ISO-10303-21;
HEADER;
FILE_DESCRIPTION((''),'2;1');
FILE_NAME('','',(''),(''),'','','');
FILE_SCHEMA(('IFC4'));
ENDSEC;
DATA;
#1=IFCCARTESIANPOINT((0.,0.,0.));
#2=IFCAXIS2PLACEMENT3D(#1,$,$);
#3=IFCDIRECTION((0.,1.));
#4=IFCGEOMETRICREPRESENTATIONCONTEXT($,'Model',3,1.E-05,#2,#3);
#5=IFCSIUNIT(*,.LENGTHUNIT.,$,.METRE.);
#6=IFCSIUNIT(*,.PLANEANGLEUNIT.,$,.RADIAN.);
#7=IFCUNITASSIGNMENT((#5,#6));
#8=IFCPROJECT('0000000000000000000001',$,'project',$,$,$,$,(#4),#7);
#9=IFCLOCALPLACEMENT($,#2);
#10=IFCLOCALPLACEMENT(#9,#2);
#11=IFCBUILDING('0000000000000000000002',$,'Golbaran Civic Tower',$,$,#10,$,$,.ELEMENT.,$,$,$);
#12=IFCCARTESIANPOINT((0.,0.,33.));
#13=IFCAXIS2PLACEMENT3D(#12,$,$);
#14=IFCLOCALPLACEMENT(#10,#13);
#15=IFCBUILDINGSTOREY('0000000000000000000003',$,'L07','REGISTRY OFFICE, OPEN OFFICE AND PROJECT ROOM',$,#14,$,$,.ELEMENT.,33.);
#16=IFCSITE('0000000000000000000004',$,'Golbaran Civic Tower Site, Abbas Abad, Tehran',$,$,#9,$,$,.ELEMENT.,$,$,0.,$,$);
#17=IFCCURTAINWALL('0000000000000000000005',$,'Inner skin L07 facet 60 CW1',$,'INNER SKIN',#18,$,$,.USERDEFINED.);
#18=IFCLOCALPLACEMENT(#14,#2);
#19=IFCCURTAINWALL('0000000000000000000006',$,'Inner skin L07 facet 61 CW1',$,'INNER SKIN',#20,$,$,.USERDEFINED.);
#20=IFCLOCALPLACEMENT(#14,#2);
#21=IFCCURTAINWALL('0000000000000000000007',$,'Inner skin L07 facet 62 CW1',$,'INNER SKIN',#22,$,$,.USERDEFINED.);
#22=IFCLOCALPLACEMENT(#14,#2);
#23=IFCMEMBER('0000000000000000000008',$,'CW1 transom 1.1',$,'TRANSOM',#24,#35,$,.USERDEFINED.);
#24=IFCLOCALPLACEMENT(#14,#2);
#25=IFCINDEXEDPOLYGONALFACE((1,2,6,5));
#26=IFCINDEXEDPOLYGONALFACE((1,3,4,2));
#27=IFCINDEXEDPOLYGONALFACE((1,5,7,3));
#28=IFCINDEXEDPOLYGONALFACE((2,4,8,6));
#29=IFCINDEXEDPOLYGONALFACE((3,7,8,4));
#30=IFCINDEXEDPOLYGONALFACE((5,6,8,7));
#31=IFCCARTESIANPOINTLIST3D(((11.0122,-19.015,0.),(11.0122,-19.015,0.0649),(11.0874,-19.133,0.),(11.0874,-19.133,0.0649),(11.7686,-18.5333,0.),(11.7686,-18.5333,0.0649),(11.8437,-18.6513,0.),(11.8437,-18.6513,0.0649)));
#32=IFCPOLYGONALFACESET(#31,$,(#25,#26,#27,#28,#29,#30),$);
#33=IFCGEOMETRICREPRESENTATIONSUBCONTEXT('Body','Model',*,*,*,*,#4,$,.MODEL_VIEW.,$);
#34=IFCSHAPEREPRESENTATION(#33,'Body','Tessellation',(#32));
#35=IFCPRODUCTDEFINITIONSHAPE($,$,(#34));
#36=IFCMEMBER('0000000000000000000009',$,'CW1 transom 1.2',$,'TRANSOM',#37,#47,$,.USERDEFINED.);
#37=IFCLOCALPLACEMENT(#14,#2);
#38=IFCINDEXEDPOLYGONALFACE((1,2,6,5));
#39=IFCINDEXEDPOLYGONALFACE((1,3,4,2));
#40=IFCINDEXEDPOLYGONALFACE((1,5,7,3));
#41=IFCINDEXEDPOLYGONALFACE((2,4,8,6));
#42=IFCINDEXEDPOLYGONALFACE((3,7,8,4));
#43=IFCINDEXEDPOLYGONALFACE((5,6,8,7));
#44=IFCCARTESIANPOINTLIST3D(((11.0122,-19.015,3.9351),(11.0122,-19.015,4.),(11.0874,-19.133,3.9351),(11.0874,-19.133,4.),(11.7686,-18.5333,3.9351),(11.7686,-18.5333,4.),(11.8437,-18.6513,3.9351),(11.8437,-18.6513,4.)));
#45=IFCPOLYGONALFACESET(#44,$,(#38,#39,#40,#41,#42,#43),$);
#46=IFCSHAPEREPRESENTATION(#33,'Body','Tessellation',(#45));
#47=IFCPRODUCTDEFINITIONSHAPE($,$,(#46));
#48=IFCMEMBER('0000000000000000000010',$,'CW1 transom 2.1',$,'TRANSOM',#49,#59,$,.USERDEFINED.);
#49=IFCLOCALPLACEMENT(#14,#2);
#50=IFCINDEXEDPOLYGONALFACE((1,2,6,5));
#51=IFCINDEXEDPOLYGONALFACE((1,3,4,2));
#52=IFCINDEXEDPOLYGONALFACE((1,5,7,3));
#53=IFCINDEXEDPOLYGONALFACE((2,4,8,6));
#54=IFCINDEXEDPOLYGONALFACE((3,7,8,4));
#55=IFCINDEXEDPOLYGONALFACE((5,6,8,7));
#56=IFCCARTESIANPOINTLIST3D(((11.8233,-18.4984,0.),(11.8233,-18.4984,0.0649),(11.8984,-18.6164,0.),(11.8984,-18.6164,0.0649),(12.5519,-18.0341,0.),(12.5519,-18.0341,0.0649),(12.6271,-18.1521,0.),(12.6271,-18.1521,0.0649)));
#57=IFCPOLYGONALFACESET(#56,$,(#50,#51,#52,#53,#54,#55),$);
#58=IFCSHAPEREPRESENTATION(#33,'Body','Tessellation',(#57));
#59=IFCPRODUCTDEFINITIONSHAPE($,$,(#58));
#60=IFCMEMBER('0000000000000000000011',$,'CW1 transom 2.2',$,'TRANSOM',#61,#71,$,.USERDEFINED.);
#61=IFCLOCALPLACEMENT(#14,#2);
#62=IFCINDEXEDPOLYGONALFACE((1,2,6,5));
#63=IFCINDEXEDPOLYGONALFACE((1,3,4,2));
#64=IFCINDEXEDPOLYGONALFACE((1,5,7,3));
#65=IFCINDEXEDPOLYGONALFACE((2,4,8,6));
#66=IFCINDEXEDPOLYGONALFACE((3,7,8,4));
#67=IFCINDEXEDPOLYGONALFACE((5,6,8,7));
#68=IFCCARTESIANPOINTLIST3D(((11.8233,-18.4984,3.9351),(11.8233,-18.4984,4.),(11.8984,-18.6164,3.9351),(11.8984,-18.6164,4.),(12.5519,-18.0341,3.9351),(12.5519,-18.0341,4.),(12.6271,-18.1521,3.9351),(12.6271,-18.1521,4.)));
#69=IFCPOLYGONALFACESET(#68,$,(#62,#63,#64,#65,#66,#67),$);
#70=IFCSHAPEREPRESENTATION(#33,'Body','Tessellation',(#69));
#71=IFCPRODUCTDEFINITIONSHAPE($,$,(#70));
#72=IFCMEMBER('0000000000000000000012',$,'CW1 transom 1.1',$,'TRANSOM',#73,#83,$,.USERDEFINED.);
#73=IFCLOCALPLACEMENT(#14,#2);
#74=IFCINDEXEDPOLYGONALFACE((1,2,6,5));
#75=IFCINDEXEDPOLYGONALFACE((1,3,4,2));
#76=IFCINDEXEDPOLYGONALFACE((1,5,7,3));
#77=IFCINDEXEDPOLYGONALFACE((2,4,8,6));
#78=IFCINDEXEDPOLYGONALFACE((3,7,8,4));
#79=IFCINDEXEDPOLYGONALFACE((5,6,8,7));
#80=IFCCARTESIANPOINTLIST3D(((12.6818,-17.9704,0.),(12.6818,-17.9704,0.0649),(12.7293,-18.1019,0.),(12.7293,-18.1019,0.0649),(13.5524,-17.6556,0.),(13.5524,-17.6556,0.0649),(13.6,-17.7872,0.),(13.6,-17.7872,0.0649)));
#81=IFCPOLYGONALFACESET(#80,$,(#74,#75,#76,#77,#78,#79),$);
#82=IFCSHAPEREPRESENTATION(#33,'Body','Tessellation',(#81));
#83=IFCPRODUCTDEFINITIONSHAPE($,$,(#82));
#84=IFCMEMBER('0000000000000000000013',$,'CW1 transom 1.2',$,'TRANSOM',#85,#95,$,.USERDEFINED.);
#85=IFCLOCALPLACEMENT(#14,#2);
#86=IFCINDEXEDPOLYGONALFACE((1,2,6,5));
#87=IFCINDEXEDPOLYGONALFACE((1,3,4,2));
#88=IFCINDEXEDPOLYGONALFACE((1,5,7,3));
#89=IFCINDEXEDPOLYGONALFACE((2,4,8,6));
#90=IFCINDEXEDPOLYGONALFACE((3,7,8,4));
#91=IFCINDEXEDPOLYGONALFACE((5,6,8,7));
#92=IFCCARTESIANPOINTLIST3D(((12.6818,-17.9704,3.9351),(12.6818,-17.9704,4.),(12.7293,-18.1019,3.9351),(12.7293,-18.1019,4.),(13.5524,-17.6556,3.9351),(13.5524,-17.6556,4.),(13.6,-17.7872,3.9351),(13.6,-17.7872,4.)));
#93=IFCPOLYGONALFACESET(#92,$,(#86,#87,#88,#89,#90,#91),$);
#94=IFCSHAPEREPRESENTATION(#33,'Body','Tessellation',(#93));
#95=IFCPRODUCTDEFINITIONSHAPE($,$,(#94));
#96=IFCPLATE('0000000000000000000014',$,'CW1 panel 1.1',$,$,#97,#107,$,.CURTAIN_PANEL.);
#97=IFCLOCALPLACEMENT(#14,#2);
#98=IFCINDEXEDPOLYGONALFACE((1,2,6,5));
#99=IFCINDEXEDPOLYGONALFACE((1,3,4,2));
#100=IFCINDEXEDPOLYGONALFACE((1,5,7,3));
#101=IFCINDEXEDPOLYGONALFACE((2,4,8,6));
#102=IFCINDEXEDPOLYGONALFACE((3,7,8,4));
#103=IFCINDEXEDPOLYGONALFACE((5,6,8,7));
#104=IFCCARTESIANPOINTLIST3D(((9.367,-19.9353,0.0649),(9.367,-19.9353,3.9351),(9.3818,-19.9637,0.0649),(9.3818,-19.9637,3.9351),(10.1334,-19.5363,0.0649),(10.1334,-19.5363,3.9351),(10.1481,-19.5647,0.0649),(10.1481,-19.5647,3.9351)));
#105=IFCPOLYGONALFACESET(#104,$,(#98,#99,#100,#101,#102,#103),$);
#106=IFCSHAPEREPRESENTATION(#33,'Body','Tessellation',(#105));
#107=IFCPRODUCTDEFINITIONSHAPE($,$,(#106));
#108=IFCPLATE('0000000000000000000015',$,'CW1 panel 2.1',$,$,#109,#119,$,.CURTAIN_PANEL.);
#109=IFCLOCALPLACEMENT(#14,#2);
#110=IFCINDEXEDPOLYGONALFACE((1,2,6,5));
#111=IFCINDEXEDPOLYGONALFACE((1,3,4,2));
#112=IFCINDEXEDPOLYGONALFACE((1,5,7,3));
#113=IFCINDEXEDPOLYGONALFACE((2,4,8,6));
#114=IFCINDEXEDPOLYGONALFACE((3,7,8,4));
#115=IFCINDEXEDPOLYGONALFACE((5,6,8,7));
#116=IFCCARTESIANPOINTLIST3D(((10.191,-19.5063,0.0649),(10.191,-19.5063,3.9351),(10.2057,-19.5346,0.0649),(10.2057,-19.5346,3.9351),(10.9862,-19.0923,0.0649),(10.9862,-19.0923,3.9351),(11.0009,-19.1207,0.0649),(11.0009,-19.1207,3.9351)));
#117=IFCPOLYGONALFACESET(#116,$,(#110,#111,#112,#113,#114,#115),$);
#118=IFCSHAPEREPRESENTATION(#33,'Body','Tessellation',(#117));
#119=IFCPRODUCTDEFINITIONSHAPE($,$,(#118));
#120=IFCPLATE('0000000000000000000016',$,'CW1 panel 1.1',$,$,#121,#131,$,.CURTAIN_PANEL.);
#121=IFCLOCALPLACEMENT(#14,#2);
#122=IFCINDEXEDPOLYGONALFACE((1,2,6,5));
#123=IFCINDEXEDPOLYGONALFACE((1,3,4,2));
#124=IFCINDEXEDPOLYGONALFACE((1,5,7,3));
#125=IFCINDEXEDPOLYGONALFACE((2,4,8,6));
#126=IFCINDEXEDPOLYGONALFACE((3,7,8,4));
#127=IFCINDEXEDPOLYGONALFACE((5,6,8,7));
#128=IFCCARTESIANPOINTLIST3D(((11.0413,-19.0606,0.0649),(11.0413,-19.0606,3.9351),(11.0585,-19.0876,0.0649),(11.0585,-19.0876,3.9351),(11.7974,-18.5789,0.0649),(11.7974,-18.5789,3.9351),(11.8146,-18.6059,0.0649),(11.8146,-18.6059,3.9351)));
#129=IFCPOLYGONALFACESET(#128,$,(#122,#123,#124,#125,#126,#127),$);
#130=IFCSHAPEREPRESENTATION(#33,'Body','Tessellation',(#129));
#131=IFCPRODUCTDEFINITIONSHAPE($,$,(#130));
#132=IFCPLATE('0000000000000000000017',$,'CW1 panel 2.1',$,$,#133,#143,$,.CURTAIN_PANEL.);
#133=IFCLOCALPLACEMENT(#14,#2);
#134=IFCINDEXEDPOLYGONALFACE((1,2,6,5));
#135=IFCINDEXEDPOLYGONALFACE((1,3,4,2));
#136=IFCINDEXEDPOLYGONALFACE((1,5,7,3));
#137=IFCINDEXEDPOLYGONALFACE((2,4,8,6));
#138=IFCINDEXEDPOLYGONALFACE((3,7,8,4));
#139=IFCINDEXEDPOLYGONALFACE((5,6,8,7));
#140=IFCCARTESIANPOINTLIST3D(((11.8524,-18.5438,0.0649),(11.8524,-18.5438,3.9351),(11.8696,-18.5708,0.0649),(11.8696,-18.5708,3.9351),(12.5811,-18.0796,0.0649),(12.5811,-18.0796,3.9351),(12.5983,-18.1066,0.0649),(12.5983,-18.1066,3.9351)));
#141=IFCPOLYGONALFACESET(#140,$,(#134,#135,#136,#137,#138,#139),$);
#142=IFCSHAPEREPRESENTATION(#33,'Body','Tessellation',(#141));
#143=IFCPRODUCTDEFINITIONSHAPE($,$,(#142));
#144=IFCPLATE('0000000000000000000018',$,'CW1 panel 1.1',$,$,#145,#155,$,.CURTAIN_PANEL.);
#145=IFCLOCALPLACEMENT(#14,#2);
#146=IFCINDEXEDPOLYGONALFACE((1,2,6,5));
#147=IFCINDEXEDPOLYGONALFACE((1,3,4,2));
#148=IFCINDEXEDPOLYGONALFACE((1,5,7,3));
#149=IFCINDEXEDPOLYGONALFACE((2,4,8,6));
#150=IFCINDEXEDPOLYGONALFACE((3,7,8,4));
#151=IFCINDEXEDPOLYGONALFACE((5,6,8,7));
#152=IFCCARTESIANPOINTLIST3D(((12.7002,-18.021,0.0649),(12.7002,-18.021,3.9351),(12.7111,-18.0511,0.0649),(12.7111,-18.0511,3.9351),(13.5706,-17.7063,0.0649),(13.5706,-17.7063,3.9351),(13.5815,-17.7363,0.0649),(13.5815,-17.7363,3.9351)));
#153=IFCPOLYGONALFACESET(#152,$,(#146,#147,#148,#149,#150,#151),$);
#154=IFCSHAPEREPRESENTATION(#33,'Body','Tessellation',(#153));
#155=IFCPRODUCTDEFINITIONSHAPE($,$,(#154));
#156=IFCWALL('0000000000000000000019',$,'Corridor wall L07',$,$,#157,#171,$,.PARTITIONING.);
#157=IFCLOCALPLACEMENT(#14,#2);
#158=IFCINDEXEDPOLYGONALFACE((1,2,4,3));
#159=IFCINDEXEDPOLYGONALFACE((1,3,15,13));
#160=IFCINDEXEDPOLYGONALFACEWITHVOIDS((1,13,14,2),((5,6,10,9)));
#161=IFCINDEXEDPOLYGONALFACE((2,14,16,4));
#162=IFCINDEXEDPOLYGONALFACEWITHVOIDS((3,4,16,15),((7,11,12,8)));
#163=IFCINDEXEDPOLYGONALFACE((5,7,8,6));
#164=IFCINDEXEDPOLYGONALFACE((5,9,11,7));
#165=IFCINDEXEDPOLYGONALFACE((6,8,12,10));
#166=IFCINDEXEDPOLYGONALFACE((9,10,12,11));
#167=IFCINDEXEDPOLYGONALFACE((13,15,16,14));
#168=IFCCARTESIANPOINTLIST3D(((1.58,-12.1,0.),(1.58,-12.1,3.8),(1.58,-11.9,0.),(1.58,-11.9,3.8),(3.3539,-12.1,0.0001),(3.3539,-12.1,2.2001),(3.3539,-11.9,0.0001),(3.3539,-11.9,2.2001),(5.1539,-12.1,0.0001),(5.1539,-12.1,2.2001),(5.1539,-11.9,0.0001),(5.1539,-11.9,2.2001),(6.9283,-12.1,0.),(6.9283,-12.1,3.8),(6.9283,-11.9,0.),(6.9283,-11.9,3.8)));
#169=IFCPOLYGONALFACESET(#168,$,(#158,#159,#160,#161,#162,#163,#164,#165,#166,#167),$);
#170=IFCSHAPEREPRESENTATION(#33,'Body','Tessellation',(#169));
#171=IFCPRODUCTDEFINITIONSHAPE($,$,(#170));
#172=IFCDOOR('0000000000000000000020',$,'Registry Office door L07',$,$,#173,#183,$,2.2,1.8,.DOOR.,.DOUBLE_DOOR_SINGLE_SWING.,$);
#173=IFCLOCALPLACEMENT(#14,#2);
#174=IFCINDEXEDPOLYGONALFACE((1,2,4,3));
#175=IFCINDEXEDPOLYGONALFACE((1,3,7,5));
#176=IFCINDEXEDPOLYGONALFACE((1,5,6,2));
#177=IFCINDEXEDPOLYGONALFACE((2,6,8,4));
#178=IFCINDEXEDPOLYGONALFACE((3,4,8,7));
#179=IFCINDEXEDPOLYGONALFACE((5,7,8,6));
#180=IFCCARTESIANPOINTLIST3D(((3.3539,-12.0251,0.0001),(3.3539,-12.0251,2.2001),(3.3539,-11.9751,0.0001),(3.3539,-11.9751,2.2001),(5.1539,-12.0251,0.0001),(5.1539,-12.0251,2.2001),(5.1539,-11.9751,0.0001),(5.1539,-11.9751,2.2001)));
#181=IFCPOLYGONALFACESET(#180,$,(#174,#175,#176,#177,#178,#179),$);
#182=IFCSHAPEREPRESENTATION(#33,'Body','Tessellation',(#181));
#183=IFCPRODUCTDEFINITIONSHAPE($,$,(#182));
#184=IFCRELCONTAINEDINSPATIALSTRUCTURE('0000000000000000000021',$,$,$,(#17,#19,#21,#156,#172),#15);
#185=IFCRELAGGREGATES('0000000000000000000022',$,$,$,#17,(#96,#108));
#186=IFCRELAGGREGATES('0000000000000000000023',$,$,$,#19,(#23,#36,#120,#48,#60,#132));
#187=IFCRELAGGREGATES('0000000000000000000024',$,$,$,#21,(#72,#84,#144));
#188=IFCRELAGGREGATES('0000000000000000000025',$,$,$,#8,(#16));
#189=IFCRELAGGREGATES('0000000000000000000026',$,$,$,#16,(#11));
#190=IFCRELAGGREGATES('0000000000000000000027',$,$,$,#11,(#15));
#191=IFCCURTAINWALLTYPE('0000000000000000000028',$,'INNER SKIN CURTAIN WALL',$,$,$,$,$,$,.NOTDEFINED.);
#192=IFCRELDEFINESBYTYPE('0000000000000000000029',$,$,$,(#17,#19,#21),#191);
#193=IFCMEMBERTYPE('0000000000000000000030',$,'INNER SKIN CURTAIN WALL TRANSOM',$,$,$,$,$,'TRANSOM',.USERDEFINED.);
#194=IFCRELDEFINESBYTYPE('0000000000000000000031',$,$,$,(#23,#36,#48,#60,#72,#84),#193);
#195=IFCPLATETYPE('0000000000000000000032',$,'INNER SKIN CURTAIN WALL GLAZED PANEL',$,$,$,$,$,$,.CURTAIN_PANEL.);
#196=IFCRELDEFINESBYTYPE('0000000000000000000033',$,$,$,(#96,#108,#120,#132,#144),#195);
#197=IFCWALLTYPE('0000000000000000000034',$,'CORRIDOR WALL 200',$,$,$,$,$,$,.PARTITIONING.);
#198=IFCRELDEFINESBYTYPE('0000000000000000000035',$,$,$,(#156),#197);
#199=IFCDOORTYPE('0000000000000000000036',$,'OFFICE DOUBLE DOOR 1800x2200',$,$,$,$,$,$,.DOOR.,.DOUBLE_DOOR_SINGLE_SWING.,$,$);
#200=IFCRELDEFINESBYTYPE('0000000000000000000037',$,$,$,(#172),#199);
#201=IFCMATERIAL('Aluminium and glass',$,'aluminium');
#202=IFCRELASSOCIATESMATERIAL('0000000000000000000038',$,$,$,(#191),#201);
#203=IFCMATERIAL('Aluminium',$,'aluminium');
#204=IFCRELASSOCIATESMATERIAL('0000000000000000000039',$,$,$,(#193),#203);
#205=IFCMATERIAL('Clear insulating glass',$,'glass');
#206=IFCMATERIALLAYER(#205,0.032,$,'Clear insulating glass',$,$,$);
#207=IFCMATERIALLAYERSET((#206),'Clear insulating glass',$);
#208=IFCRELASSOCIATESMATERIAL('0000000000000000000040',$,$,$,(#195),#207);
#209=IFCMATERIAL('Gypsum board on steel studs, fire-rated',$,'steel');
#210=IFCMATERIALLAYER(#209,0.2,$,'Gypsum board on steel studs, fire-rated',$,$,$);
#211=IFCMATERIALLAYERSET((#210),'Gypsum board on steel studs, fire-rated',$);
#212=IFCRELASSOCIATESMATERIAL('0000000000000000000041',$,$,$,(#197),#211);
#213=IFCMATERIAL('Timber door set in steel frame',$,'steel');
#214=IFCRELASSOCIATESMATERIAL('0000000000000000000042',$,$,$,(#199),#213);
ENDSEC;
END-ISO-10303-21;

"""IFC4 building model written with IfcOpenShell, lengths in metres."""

from ifc_helpers import new_model, si_unit, direction, frame, frame_2d, origin, origin_2d, place, context, subcontext, project, spatial, rectangle, extrude, material, layer, layer_set, material_profile, profile_set, type_object, element, fill, aggregate, save


model = new_model("IFC4")

# Units and contexts
model_context = context("Model", 3, precision=1e-05, world=origin(), true_north=direction((0.0, 1.0)))
body_context = subcontext(model_context, "Body", "Model", "MODEL_VIEW")
ifc_project = project(units=[si_unit("LENGTHUNIT", "METRE"), si_unit("PLANEANGLEUNIT", "RADIAN")], contexts=[model_context])

# Site, building, storey
site_placement = place(None, origin())
site = spatial("IfcSite", under=ifc_project, at=site_placement, Name="Golbaran Civic Tower Site, Abbas Abad, Tehran", CompositionType="ELEMENT", RefElevation=0.0)
building_placement = place(site_placement, origin())
building = spatial("IfcBuilding", under=site, at=building_placement, Name="Golbaran Civic Tower", CompositionType="ELEMENT")
storey_placement = place(building_placement, frame((0.0, 0.0, 33.0)))
storey = spatial("IfcBuildingStorey", under=building, at=storey_placement, Name="L07", Description="REGISTRY OFFICE, OPEN OFFICE AND PROJECT ROOM", CompositionType="ELEMENT", Elevation=33.0)

# Curtain walls
ifc_material_1 = material(Name="Aluminium and glass", Category="aluminium")
curtain_wall_type = type_object("IfcCurtainWallType", Name="INNER SKIN CURTAIN WALL", PredefinedType="NOTDEFINED", material=ifc_material_1)
curtain_wall_1_placement = place(storey_placement, origin())
curtain_wall_1 = element("IfcCurtainWall", 1, at=curtain_wall_1_placement, inside=storey, type_object=curtain_wall_type, Name="Inner skin L07 facet 60 CW1", ObjectType="INNER SKIN", PredefinedType="USERDEFINED")
ifc_material_2 = material(Name="Aluminium", Category="aluminium")
curtain_wall_2_placement = place(storey_placement, origin())
curtain_wall_2 = element("IfcCurtainWall", 2, at=curtain_wall_2_placement, inside=storey, type_object=curtain_wall_type, Name="Inner skin L07 facet 61 CW1", ObjectType="INNER SKIN", PredefinedType="USERDEFINED")

# Curtain wall
curtain_wall_3_placement = place(storey_placement, origin())
curtain_wall_3 = element("IfcCurtainWall", 3, at=curtain_wall_3_placement, inside=storey, type_object=curtain_wall_type, Name="Inner skin L07 facet 62 CW1", ObjectType="INNER SKIN", PredefinedType="USERDEFINED")

# Members
ifc_material_profile_1 = material_profile(ifc_material_2, rectangle(XDim=0.1399, YDim=0.0649, at=origin_2d()), Name="INNER SKIN CURTAIN WALL TRANSOM")
ifc_profile_set_1 = profile_set([ifc_material_profile_1], Name="Aluminium")
member_type_1 = type_object("IfcMemberType", Name="INNER SKIN CURTAIN WALL TRANSOM", ElementType="TRANSOM", PredefinedType="USERDEFINED", material=ifc_profile_set_1)
member_1_placement = place(storey_placement, frame((11.0498, -19.074, 0.0325), z_axis=(0.843471, 0.537175, 0.0), x_axis=(-0.537175, 0.843471, 0.0)))
member_1 = element("IfcMember", 4, at=member_1_placement, type_object=member_type_1, Name="CW1 transom 1.1", ObjectType="TRANSOM", PredefinedType="USERDEFINED", context=body_context, shape_type="SweptSolid", body=[
    extrude(rectangle(XDim=0.1399, YDim=0.0649, at=origin_2d()), origin(), (0.0, 0.0, 1.0), 0.8967),
])
member_2_placement = place(storey_placement, frame((11.0498, -19.074, 3.9675), z_axis=(0.843471, 0.537175, 0.0), x_axis=(-0.537175, 0.843471, 0.0)))
member_2 = element("IfcMember", 5, at=member_2_placement, type_object=member_type_1, Name="CW1 transom 1.2", ObjectType="TRANSOM", PredefinedType="USERDEFINED", context=body_context, shape_type="SweptSolid", body=[
    extrude(rectangle(XDim=0.1399, YDim=0.0649, at=origin_2d()), origin(), (0.0, 0.0, 1.0), 0.8967),
])
member_3_placement = place(storey_placement, frame((11.8608, -18.5574, 0.0325), z_axis=(0.843347, 0.537369, 0.0), x_axis=(-0.537369, 0.843347, 0.0)))
member_3 = element("IfcMember", 6, at=member_3_placement, type_object=member_type_1, Name="CW1 transom 2.1", ObjectType="TRANSOM", PredefinedType="USERDEFINED", context=body_context, shape_type="SweptSolid", body=[
    extrude(rectangle(XDim=0.1399, YDim=0.0649, at=origin_2d()), origin(), (0.0, 0.0, 1.0), 0.864),
])
member_4_placement = place(storey_placement, frame((11.8608, -18.5574, 3.9675), z_axis=(0.843347, 0.537369, 0.0), x_axis=(-0.537369, 0.843347, 0.0)))
member_4 = element("IfcMember", 7, at=member_4_placement, type_object=member_type_1, Name="CW1 transom 2.2", ObjectType="TRANSOM", PredefinedType="USERDEFINED", context=body_context, shape_type="SweptSolid", body=[
    extrude(rectangle(XDim=0.1399, YDim=0.0649, at=origin_2d()), origin(), (0.0, 0.0, 1.0), 0.864),
])
member_5_placement = place(storey_placement, frame((12.7056, -18.0361, 0.0325), z_axis=(0.940446, 0.339943, 0.0), x_axis=(-0.339943, 0.940446, 0.0)))
member_5 = element("IfcMember", 8, at=member_5_placement, type_object=member_type_1, Name="CW1 transom 1.1", ObjectType="TRANSOM", PredefinedType="USERDEFINED", context=body_context, shape_type="SweptSolid", body=[
    extrude(rectangle(XDim=0.1399, YDim=0.0649, at=origin_2d()), origin(), (0.0, 0.0, 1.0), 0.9258),
])
member_6_placement = place(storey_placement, frame((12.7056, -18.0361, 3.9675), z_axis=(0.940446, 0.339943, 0.0), x_axis=(-0.339943, 0.940446, 0.0)))
member_6 = element("IfcMember", 9, at=member_6_placement, type_object=member_type_1, Name="CW1 transom 1.2", ObjectType="TRANSOM", PredefinedType="USERDEFINED", context=body_context, shape_type="SweptSolid", body=[
    extrude(rectangle(XDim=0.1399, YDim=0.0649, at=origin_2d()), origin(), (0.0, 0.0, 1.0), 0.9258),
])

# Plates
ifc_material_3 = material(Name="Clear insulating glass", Category="glass")
ifc_layer_1 = layer(ifc_material_3, 0.032, Name="Clear insulating glass")
ifc_layer_set_1 = layer_set([ifc_layer_1], Name="Clear insulating glass")
plate_type = type_object("IfcPlateType", Name="INNER SKIN CURTAIN WALL GLAZED PANEL", PredefinedType="CURTAIN_PANEL", material=ifc_layer_set_1)
plate_1_placement = place(storey_placement, frame((9.7576, -19.75, 0.0649), z_axis=(0.0, 0.0, 1.0), x_axis=(0.887011, 0.461749, 0.0)))
plate_1 = element("IfcPlate", 10, at=plate_1_placement, type_object=plate_type, Name="CW1 panel 1.1", PredefinedType="CURTAIN_PANEL", context=body_context, shape_type="SweptSolid", body=[
    extrude(rectangle(XDim=0.864, YDim=0.032, at=origin_2d()), origin(), (0.0, 0.0, 1.0), 3.8701),
])
plate_2_placement = place(storey_placement, frame((10.5959, -19.3135, 0.0649), z_axis=(0.0, 0.0, 1.0), x_axis=(0.887011, 0.461749, 0.0)))
plate_2 = element("IfcPlate", 11, at=plate_2_placement, type_object=plate_type, Name="CW1 panel 2.1", PredefinedType="CURTAIN_PANEL", context=body_context, shape_type="SweptSolid", body=[
    extrude(rectangle(XDim=0.8965, YDim=0.032, at=origin_2d()), origin(), (0.0, 0.0, 1.0), 3.8701),
])
aggregate(curtain_wall_1, [plate_1, plate_2])
plate_3_placement = place(storey_placement, frame((11.428, -18.8333, 0.0649), z_axis=(0.0, 0.0, 1.0), x_axis=(0.843391, 0.5373, 0.0)))
plate_3 = element("IfcPlate", 12, at=plate_3_placement, type_object=plate_type, Name="CW1 panel 1.1", PredefinedType="CURTAIN_PANEL", context=body_context, shape_type="SweptSolid", body=[
    extrude(rectangle(XDim=0.8965, YDim=0.032, at=origin_2d()), origin(), (0.0, 0.0, 1.0), 3.8701),
])
plate_4_placement = place(storey_placement, frame((12.2253, -18.3252, 0.0649), z_axis=(0.0, 0.0, 1.0), x_axis=(0.843391, 0.5373, 0.0)))
plate_4 = element("IfcPlate", 13, at=plate_4_placement, type_object=plate_type, Name="CW1 panel 2.1", PredefinedType="CURTAIN_PANEL", context=body_context, shape_type="SweptSolid", body=[
    extrude(rectangle(XDim=0.864, YDim=0.032, at=origin_2d()), origin(), (0.0, 0.0, 1.0), 3.8701),
])
aggregate(curtain_wall_2, [member_1, member_2, plate_3, member_3, member_4, plate_4])
plate_5_placement = place(storey_placement, frame((13.1409, -17.8787, 0.0649), z_axis=(0.0, 0.0, 1.0), x_axis=(0.940409, 0.340045, 0.0)))
plate_5 = element("IfcPlate", 14, at=plate_5_placement, type_object=plate_type, Name="CW1 panel 1.1", PredefinedType="CURTAIN_PANEL", context=body_context, shape_type="SweptSolid", body=[
    extrude(rectangle(XDim=0.9255, YDim=0.032, at=origin_2d()), origin(), (0.0, 0.0, 1.0), 3.8701),
])
aggregate(curtain_wall_3, [member_5, member_6, plate_5])

# Wall, opening, door
ifc_material_4 = material(Name="Gypsum board on steel studs, fire-rated", Category="steel")
ifc_layer_2 = layer(ifc_material_4, 0.2, Name="Gypsum board on steel studs, fire-rated")
ifc_layer_set_2 = layer_set([ifc_layer_2], Name="Gypsum board on steel studs, fire-rated")
wall_type_1 = type_object("IfcWallType", Name="CORRIDOR WALL 200", PredefinedType="PARTITIONING", material=ifc_layer_set_2)
wall_1_placement = place(storey_placement, frame((1.5798, -12.0, 0.0), z_axis=(0.0, 0.0, 1.0), x_axis=(1.0, 0.0, 0.0)))
wall_1 = element("IfcWall", 15, at=wall_1_placement, inside=storey, type_object=wall_type_1, Name="Corridor wall L07", PredefinedType="PARTITIONING", context=body_context, shape_type="SweptSolid", body=[
    extrude(rectangle(XDim=5.3484, YDim=0.2, at=frame_2d((2.6743, 0.0))), origin(), (0.0, 0.0, 1.0), 3.8),
])
opening_1_placement = place(wall_1_placement, frame((1.7742, 0.0, 0.0)))
opening_1 = element("IfcOpeningElement", 16, at=opening_1_placement, cuts=wall_1, PredefinedType="OPENING", context=body_context, shape_type="SweptSolid", body=[
    extrude(rectangle(XDim=1.8, YDim=2.2, at=frame_2d((0.8999, 1.1001))), frame((0.0, 0.1099, 0.0), z_axis=(0.0, -1.0, 0.0), x_axis=(1.0, 0.0, 0.0)), (0.0, 0.0, 1.0), 0.22),
])
ifc_material_5 = material(Name="Timber door set in steel frame", Category="steel")
door_type_1 = type_object("IfcDoorType", Name="OFFICE DOUBLE DOOR 1800x2200", OperationType="DOUBLE_DOOR_SINGLE_SWING", PredefinedType="DOOR", material=ifc_material_5)
door_1_placement = place(opening_1_placement, origin())
door_1 = element("IfcDoor", 17, at=door_1_placement, inside=storey, type_object=door_type_1, Name="Registry Office door L07", OperationType="DOUBLE_DOOR_SINGLE_SWING", OverallHeight=2.2, OverallWidth=1.8, PredefinedType="DOOR", context=body_context, shape_type="SweptSolid", body=[
    extrude(rectangle(XDim=1.8, YDim=2.2, at=frame_2d((0.8999, 1.1001))), frame((0.0, 0.0249, 0.0), z_axis=(0.0, -1.0, 0.0), x_axis=(1.0, 0.0, 0.0)), (0.0, 0.0, 1.0), 0.05),
])
fill(opening_1, door_1)

save(model, "model.ifc")
